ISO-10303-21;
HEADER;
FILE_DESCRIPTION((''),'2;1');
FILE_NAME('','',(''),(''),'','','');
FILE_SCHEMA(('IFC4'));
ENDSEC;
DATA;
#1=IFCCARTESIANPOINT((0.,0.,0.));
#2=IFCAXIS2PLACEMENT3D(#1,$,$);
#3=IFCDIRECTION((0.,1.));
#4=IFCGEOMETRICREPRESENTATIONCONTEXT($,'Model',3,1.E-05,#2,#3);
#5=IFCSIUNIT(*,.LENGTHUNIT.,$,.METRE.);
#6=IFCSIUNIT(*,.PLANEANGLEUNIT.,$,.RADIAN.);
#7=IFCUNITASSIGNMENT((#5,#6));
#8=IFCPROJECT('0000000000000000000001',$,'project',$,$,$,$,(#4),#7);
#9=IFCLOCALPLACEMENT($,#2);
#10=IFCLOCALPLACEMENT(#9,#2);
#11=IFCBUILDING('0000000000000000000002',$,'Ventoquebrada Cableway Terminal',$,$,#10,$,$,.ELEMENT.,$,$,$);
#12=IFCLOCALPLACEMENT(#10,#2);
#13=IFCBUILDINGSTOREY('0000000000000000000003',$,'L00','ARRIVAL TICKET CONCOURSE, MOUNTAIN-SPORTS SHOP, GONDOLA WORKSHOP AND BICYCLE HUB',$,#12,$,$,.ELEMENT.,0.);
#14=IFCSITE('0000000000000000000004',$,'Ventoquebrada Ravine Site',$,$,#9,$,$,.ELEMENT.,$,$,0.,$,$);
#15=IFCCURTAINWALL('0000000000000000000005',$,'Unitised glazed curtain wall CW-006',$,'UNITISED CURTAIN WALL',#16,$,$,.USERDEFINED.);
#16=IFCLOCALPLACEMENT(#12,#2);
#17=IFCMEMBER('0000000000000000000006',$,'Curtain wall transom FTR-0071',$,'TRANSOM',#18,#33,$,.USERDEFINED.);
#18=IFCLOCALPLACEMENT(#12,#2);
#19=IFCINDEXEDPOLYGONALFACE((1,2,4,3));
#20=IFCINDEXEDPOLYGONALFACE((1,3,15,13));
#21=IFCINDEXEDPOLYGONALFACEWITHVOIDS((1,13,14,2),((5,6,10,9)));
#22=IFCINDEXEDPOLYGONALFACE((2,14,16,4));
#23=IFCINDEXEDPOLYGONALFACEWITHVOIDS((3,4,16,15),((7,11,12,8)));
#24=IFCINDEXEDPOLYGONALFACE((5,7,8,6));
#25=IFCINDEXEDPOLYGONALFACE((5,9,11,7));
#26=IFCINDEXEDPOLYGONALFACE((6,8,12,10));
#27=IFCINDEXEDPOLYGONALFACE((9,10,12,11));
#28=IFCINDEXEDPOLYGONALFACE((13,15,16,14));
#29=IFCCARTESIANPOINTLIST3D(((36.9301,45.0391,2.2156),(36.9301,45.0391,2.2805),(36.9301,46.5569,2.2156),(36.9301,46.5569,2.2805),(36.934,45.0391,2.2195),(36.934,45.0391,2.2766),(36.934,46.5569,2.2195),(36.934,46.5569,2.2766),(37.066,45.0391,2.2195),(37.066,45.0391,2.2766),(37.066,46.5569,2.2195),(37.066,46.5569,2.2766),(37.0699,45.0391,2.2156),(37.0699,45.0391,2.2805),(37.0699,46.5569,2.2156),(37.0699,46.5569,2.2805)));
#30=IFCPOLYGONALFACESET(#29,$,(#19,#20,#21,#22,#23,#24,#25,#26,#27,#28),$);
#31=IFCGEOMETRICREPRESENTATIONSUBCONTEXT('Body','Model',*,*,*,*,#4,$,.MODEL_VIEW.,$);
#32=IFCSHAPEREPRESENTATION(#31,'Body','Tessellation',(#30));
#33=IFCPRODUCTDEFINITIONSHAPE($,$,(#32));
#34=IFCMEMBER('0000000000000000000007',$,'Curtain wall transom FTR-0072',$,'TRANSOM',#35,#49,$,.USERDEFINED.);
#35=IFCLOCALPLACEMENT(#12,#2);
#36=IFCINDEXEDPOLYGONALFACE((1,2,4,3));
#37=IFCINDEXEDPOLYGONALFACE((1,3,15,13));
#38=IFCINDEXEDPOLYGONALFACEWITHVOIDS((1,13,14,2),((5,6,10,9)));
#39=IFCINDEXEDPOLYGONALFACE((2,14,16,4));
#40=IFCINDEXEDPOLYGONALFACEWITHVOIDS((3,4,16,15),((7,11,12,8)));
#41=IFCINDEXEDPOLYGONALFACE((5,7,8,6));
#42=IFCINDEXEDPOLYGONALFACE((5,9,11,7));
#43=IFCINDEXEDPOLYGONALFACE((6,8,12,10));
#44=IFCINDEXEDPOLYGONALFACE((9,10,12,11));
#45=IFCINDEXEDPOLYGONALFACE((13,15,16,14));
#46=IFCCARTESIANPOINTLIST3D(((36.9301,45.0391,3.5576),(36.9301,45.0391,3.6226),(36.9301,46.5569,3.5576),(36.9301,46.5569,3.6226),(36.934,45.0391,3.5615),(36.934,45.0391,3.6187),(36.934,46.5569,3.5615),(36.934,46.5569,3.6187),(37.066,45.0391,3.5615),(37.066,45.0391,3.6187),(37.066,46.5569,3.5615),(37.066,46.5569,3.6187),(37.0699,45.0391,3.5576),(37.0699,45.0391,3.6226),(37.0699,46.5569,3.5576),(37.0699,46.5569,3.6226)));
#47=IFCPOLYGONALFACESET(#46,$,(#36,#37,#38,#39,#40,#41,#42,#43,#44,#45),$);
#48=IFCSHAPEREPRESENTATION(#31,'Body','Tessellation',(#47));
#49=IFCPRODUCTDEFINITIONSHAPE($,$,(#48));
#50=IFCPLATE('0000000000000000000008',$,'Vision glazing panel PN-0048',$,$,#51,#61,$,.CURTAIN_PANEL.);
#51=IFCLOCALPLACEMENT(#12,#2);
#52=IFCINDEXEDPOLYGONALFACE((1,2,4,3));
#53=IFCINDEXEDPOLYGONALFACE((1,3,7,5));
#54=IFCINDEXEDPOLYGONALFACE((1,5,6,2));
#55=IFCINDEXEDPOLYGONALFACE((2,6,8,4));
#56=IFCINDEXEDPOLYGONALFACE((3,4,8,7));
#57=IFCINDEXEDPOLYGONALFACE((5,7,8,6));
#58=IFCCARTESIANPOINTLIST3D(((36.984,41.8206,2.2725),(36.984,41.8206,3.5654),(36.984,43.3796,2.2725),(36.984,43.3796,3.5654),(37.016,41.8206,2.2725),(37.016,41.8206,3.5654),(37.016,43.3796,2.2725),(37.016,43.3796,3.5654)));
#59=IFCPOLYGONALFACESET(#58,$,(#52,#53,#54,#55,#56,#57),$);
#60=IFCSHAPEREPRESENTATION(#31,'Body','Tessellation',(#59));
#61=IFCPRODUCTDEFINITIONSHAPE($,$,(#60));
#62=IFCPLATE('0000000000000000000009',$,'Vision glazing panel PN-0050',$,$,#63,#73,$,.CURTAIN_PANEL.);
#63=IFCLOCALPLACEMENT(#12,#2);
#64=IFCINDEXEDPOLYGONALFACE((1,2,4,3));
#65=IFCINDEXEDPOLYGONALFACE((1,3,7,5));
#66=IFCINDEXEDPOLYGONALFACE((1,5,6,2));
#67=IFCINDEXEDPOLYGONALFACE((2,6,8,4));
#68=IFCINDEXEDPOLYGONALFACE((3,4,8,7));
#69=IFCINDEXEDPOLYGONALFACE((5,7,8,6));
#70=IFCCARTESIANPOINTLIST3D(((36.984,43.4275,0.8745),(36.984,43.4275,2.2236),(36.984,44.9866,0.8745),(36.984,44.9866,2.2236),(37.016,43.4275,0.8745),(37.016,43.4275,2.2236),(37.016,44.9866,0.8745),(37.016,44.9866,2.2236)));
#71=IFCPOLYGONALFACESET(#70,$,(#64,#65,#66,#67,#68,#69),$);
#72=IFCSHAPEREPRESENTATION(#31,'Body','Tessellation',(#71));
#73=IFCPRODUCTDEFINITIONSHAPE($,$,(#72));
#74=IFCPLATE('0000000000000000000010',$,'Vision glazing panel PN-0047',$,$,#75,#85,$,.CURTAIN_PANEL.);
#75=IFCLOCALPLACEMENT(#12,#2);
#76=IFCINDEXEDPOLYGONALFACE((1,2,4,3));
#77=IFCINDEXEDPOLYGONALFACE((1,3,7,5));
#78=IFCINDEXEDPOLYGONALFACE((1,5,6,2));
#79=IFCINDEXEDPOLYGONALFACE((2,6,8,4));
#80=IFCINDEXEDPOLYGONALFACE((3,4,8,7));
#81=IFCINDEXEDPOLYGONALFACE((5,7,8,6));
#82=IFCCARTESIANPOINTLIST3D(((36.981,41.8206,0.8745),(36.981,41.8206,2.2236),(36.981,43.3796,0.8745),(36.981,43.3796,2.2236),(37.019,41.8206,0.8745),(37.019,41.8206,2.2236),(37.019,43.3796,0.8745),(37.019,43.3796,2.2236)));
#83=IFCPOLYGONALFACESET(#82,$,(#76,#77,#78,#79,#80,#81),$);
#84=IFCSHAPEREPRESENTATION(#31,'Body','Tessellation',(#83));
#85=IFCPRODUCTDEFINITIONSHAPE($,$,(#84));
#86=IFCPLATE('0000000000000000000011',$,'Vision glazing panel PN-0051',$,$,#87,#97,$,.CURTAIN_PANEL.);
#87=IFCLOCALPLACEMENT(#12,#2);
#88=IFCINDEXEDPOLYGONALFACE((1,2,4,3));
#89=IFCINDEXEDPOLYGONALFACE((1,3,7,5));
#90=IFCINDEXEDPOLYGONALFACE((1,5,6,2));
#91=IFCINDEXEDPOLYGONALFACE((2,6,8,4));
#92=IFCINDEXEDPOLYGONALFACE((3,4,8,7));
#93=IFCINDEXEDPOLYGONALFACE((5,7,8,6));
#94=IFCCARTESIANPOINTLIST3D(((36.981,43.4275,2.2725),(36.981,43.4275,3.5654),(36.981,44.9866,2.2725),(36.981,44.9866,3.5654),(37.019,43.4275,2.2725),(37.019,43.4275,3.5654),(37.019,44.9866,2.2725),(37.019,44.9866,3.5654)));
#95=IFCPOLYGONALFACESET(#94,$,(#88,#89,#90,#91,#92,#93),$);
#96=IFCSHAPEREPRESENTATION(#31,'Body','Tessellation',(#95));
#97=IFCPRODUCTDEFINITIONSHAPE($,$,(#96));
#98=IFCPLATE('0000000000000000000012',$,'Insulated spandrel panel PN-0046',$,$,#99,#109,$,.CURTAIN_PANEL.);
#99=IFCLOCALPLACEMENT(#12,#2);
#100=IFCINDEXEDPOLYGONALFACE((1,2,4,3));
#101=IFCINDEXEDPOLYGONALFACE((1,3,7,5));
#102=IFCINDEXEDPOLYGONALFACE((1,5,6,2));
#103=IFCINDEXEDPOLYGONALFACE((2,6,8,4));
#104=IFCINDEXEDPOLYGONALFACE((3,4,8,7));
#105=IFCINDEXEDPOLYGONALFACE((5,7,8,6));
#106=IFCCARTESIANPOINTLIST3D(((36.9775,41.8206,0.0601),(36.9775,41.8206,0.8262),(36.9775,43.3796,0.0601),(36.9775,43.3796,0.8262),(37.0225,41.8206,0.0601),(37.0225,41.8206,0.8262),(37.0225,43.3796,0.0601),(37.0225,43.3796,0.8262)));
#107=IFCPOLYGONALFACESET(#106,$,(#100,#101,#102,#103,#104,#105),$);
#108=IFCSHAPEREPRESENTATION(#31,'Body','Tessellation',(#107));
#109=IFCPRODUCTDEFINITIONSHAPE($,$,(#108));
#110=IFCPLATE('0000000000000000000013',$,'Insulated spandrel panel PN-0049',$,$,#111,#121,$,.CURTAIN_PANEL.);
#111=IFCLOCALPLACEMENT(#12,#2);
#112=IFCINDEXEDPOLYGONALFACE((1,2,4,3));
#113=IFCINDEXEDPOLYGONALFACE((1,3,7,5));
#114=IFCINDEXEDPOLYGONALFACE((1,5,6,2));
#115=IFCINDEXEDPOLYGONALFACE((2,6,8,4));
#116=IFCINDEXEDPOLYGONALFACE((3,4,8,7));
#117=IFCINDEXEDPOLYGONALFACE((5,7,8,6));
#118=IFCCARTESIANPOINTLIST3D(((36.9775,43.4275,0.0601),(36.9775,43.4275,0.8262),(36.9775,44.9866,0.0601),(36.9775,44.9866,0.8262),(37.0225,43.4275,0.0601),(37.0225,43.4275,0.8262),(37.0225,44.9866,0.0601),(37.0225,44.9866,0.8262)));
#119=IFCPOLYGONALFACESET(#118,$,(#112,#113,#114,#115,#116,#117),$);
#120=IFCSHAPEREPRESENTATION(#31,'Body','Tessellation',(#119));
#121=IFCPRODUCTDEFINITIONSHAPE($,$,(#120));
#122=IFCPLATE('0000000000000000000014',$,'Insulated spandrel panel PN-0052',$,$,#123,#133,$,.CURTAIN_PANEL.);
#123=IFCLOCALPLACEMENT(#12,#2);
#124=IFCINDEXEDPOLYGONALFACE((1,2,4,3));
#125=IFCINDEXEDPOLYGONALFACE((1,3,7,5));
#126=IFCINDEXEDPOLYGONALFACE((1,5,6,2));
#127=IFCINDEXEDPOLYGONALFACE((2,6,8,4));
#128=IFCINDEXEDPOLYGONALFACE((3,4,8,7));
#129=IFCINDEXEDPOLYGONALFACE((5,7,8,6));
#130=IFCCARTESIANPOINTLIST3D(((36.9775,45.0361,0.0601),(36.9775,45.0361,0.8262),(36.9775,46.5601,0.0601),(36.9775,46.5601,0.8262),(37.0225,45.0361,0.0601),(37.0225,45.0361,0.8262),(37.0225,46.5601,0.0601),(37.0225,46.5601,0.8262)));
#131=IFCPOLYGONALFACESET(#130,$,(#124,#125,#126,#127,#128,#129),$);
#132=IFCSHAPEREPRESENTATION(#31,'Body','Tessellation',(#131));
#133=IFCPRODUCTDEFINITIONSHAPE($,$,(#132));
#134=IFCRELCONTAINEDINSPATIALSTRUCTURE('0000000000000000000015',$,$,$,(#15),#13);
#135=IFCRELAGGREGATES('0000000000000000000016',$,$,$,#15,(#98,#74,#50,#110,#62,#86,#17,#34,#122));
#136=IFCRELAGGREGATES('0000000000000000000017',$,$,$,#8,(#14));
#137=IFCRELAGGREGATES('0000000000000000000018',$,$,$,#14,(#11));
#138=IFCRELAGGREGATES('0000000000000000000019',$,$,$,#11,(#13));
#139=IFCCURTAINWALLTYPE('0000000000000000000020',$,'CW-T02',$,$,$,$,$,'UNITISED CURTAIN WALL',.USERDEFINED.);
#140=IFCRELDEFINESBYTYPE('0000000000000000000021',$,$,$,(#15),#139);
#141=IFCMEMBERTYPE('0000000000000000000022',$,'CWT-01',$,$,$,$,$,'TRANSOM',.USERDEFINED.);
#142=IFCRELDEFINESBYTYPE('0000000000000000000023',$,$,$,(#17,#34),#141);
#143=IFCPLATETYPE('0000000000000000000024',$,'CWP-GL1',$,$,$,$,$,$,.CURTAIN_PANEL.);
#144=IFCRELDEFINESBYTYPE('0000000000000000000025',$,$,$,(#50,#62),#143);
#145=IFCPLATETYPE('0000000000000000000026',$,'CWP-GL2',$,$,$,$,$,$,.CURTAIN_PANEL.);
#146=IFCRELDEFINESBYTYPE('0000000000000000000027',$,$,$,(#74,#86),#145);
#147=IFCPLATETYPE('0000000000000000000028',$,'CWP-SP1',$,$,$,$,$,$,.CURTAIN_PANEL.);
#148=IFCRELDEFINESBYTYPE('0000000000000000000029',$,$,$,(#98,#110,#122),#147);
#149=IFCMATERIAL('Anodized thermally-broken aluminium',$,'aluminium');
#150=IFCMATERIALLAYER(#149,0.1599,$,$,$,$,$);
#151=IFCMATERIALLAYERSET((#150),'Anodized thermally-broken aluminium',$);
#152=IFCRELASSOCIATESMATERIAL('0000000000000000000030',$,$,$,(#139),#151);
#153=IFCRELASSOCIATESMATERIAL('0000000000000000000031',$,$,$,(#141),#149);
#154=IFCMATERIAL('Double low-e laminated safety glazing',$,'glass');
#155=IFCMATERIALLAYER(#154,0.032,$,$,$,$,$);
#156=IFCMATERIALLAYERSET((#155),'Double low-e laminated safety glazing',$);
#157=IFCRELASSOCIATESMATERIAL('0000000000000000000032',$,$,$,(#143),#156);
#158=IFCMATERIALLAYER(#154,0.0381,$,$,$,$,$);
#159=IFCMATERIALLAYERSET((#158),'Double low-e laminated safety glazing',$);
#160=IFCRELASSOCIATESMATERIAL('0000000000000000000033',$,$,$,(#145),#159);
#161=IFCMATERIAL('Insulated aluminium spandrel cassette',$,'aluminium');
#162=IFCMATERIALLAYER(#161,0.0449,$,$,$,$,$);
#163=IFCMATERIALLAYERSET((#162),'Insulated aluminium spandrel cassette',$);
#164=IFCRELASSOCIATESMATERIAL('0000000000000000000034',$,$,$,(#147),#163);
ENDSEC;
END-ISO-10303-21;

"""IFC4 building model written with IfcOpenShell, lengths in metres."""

from ifc_helpers import new_model, si_unit, direction, frame, origin, origin_2d, place, context, subcontext, project, spatial, rectangle, hollow_rectangle, extrude, material, layer, layer_set, material_profile, profile_set, type_object, element, aggregate, save


model = new_model("IFC4")

# Units and contexts
model_context = context("Model", 3, precision=1e-05, world=origin(), true_north=direction((0.0, 1.0)))
body_context = subcontext(model_context, "Body", "Model", "MODEL_VIEW")
ifc_project = project(units=[si_unit("LENGTHUNIT", "METRE"), si_unit("PLANEANGLEUNIT", "RADIAN")], contexts=[model_context])

# Site, building, storey
site_placement = place(None, origin())
site = spatial("IfcSite", under=ifc_project, at=site_placement, Name="Ventoquebrada Ravine Site", CompositionType="ELEMENT", RefElevation=0.0)
building_placement = place(site_placement, origin())
building = spatial("IfcBuilding", under=site, at=building_placement, Name="Ventoquebrada Cableway Terminal", CompositionType="ELEMENT")
storey_placement = place(building_placement, origin())
storey = spatial("IfcBuildingStorey", under=building, at=storey_placement, Name="L00", Description="ARRIVAL TICKET CONCOURSE, MOUNTAIN-SPORTS SHOP, GONDOLA WORKSHOP AND BICYCLE HUB", CompositionType="ELEMENT", Elevation=0.0)

# Curtain wall, members, plates
ifc_material_1 = material(Name="Anodized thermally-broken aluminium", Category="aluminium")
ifc_layer_1 = layer(ifc_material_1, 0.1599)
ifc_layer_set_1 = layer_set([ifc_layer_1], Name="Anodized thermally-broken aluminium")
curtain_wall_type = type_object("IfcCurtainWallType", Name="CW-T02", ElementType="UNITISED CURTAIN WALL", PredefinedType="USERDEFINED", material=ifc_layer_set_1)
curtain_wall_placement = place(storey_placement, origin())
curtain_wall = element("IfcCurtainWall", 1, at=curtain_wall_placement, inside=storey, type_object=curtain_wall_type, Name="Unitised glazed curtain wall CW-006", ObjectType="UNITISED CURTAIN WALL", PredefinedType="USERDEFINED")
ifc_material_profile_1 = material_profile(ifc_material_1, hollow_rectangle(XDim=0.0649, YDim=0.1399, WallThickness=0.0039, at=origin_2d()), Name="CW-TRN-65X140")
ifc_profile_set_1 = profile_set([ifc_material_profile_1], Name="Anodized thermally-broken aluminium")
member_type_1 = type_object("IfcMemberType", Name="CWT-01", ElementType="TRANSOM", PredefinedType="USERDEFINED", material=ifc_profile_set_1)
member_1_placement = place(storey_placement, frame((37.0, 45.0391, 2.248), z_axis=(0.0, 1.0, 0.0), x_axis=(0.0, 0.0, 1.0)))
member_1 = element("IfcMember", 2, at=member_1_placement, type_object=member_type_1, Name="Curtain wall transom FTR-0071", ObjectType="TRANSOM", PredefinedType="USERDEFINED", context=body_context, shape_type="SweptSolid", body=[
    extrude(hollow_rectangle(XDim=0.0649, YDim=0.1399, WallThickness=0.0039, at=origin_2d()), origin(), (0.0, 0.0, 1.0), 1.5178),
])
member_2_placement = place(storey_placement, frame((37.0, 45.0391, 3.5901), z_axis=(0.0, 1.0, 0.0), x_axis=(0.0, 0.0, 1.0)))
member_2 = element("IfcMember", 3, at=member_2_placement, type_object=member_type_1, Name="Curtain wall transom FTR-0072", ObjectType="TRANSOM", PredefinedType="USERDEFINED", context=body_context, shape_type="SweptSolid", body=[
    extrude(hollow_rectangle(XDim=0.0649, YDim=0.1399, WallThickness=0.0039, at=origin_2d()), origin(), (0.0, 0.0, 1.0), 1.5178),
])
ifc_material_2 = material(Name="Double low-e laminated safety glazing", Category="glass")
ifc_layer_2 = layer(ifc_material_2, 0.032)
ifc_layer_set_2 = layer_set([ifc_layer_2], Name="Double low-e laminated safety glazing")
plate_type_1 = type_object("IfcPlateType", Name="CWP-GL1", PredefinedType="CURTAIN_PANEL", material=ifc_layer_set_2)
plate_1_placement = place(storey_placement, frame((37.0, 42.6001, 2.2725), z_axis=(0.0, 0.0, 1.0), x_axis=(0.0, 1.0, 0.0)))
plate_1 = element("IfcPlate", 4, at=plate_1_placement, type_object=plate_type_1, Name="Vision glazing panel PN-0048", PredefinedType="CURTAIN_PANEL", context=body_context, shape_type="SweptSolid", body=[
    extrude(rectangle(XDim=1.5591, YDim=0.032, at=origin_2d()), origin(), (0.0, 0.0, 1.0), 1.293),
])
plate_2_placement = place(storey_placement, frame((37.0, 44.207, 0.8745), z_axis=(0.0, 0.0, 1.0), x_axis=(0.0, 1.0, 0.0)))
plate_2 = element("IfcPlate", 5, at=plate_2_placement, type_object=plate_type_1, Name="Vision glazing panel PN-0050", PredefinedType="CURTAIN_PANEL", context=body_context, shape_type="SweptSolid", body=[
    extrude(rectangle(XDim=1.5591, YDim=0.032, at=origin_2d()), origin(), (0.0, 0.0, 1.0), 1.3491),
])
ifc_layer_3 = layer(ifc_material_2, 0.0381)
ifc_layer_set_3 = layer_set([ifc_layer_3], Name="Double low-e laminated safety glazing")
plate_type_2 = type_object("IfcPlateType", Name="CWP-GL2", PredefinedType="CURTAIN_PANEL", material=ifc_layer_set_3)
plate_3_placement = place(storey_placement, frame((37.0, 42.6001, 0.8745), z_axis=(0.0, 0.0, 1.0), x_axis=(0.0, 1.0, 0.0)))
plate_3 = element("IfcPlate", 6, at=plate_3_placement, type_object=plate_type_2, Name="Vision glazing panel PN-0047", PredefinedType="CURTAIN_PANEL", context=body_context, shape_type="SweptSolid", body=[
    extrude(rectangle(XDim=1.5591, YDim=0.0381, at=origin_2d()), origin(), (0.0, 0.0, 1.0), 1.3491),
])
plate_4_placement = place(storey_placement, frame((37.0, 44.207, 2.2725), z_axis=(0.0, 0.0, 1.0), x_axis=(0.0, 1.0, 0.0)))
plate_4 = element("IfcPlate", 7, at=plate_4_placement, type_object=plate_type_2, Name="Vision glazing panel PN-0051", PredefinedType="CURTAIN_PANEL", context=body_context, shape_type="SweptSolid", body=[
    extrude(rectangle(XDim=1.5591, YDim=0.0381, at=origin_2d()), origin(), (0.0, 0.0, 1.0), 1.293),
])
ifc_material_3 = material(Name="Insulated aluminium spandrel cassette", Category="aluminium")
ifc_layer_4 = layer(ifc_material_3, 0.0449)
ifc_layer_set_4 = layer_set([ifc_layer_4], Name="Insulated aluminium spandrel cassette")
plate_type_3 = type_object("IfcPlateType", Name="CWP-SP1", PredefinedType="CURTAIN_PANEL", material=ifc_layer_set_4)
plate_5_placement = place(storey_placement, frame((37.0, 42.6001, 0.0601), z_axis=(0.0, 0.0, 1.0), x_axis=(0.0, 1.0, 0.0)))
plate_5 = element("IfcPlate", 8, at=plate_5_placement, type_object=plate_type_3, Name="Insulated spandrel panel PN-0046", PredefinedType="CURTAIN_PANEL", context=body_context, shape_type="SweptSolid", body=[
    extrude(rectangle(XDim=1.5591, YDim=0.0449, at=origin_2d()), origin(), (0.0, 0.0, 1.0), 0.7661),
])
plate_6_placement = place(storey_placement, frame((37.0, 44.207, 0.0601), z_axis=(0.0, 0.0, 1.0), x_axis=(0.0, 1.0, 0.0)))
plate_6 = element("IfcPlate", 9, at=plate_6_placement, type_object=plate_type_3, Name="Insulated spandrel panel PN-0049", PredefinedType="CURTAIN_PANEL", context=body_context, shape_type="SweptSolid", body=[
    extrude(rectangle(XDim=1.5591, YDim=0.0449, at=origin_2d()), origin(), (0.0, 0.0, 1.0), 0.7661),
])
plate_7_placement = place(storey_placement, frame((37.0, 45.7981, 0.0601), z_axis=(0.0, 0.0, 1.0), x_axis=(0.0, 1.0, 0.0)))
plate_7 = element("IfcPlate", 10, at=plate_7_placement, type_object=plate_type_3, Name="Insulated spandrel panel PN-0052", PredefinedType="CURTAIN_PANEL", context=body_context, shape_type="SweptSolid", body=[
    extrude(rectangle(XDim=1.5239, YDim=0.0449, at=origin_2d()), origin(), (0.0, 0.0, 1.0), 0.7661),
])
aggregate(curtain_wall, [plate_5, plate_3, plate_1, plate_6, plate_2, plate_4, member_1, member_2, plate_7])

save(model, "model.ifc")
